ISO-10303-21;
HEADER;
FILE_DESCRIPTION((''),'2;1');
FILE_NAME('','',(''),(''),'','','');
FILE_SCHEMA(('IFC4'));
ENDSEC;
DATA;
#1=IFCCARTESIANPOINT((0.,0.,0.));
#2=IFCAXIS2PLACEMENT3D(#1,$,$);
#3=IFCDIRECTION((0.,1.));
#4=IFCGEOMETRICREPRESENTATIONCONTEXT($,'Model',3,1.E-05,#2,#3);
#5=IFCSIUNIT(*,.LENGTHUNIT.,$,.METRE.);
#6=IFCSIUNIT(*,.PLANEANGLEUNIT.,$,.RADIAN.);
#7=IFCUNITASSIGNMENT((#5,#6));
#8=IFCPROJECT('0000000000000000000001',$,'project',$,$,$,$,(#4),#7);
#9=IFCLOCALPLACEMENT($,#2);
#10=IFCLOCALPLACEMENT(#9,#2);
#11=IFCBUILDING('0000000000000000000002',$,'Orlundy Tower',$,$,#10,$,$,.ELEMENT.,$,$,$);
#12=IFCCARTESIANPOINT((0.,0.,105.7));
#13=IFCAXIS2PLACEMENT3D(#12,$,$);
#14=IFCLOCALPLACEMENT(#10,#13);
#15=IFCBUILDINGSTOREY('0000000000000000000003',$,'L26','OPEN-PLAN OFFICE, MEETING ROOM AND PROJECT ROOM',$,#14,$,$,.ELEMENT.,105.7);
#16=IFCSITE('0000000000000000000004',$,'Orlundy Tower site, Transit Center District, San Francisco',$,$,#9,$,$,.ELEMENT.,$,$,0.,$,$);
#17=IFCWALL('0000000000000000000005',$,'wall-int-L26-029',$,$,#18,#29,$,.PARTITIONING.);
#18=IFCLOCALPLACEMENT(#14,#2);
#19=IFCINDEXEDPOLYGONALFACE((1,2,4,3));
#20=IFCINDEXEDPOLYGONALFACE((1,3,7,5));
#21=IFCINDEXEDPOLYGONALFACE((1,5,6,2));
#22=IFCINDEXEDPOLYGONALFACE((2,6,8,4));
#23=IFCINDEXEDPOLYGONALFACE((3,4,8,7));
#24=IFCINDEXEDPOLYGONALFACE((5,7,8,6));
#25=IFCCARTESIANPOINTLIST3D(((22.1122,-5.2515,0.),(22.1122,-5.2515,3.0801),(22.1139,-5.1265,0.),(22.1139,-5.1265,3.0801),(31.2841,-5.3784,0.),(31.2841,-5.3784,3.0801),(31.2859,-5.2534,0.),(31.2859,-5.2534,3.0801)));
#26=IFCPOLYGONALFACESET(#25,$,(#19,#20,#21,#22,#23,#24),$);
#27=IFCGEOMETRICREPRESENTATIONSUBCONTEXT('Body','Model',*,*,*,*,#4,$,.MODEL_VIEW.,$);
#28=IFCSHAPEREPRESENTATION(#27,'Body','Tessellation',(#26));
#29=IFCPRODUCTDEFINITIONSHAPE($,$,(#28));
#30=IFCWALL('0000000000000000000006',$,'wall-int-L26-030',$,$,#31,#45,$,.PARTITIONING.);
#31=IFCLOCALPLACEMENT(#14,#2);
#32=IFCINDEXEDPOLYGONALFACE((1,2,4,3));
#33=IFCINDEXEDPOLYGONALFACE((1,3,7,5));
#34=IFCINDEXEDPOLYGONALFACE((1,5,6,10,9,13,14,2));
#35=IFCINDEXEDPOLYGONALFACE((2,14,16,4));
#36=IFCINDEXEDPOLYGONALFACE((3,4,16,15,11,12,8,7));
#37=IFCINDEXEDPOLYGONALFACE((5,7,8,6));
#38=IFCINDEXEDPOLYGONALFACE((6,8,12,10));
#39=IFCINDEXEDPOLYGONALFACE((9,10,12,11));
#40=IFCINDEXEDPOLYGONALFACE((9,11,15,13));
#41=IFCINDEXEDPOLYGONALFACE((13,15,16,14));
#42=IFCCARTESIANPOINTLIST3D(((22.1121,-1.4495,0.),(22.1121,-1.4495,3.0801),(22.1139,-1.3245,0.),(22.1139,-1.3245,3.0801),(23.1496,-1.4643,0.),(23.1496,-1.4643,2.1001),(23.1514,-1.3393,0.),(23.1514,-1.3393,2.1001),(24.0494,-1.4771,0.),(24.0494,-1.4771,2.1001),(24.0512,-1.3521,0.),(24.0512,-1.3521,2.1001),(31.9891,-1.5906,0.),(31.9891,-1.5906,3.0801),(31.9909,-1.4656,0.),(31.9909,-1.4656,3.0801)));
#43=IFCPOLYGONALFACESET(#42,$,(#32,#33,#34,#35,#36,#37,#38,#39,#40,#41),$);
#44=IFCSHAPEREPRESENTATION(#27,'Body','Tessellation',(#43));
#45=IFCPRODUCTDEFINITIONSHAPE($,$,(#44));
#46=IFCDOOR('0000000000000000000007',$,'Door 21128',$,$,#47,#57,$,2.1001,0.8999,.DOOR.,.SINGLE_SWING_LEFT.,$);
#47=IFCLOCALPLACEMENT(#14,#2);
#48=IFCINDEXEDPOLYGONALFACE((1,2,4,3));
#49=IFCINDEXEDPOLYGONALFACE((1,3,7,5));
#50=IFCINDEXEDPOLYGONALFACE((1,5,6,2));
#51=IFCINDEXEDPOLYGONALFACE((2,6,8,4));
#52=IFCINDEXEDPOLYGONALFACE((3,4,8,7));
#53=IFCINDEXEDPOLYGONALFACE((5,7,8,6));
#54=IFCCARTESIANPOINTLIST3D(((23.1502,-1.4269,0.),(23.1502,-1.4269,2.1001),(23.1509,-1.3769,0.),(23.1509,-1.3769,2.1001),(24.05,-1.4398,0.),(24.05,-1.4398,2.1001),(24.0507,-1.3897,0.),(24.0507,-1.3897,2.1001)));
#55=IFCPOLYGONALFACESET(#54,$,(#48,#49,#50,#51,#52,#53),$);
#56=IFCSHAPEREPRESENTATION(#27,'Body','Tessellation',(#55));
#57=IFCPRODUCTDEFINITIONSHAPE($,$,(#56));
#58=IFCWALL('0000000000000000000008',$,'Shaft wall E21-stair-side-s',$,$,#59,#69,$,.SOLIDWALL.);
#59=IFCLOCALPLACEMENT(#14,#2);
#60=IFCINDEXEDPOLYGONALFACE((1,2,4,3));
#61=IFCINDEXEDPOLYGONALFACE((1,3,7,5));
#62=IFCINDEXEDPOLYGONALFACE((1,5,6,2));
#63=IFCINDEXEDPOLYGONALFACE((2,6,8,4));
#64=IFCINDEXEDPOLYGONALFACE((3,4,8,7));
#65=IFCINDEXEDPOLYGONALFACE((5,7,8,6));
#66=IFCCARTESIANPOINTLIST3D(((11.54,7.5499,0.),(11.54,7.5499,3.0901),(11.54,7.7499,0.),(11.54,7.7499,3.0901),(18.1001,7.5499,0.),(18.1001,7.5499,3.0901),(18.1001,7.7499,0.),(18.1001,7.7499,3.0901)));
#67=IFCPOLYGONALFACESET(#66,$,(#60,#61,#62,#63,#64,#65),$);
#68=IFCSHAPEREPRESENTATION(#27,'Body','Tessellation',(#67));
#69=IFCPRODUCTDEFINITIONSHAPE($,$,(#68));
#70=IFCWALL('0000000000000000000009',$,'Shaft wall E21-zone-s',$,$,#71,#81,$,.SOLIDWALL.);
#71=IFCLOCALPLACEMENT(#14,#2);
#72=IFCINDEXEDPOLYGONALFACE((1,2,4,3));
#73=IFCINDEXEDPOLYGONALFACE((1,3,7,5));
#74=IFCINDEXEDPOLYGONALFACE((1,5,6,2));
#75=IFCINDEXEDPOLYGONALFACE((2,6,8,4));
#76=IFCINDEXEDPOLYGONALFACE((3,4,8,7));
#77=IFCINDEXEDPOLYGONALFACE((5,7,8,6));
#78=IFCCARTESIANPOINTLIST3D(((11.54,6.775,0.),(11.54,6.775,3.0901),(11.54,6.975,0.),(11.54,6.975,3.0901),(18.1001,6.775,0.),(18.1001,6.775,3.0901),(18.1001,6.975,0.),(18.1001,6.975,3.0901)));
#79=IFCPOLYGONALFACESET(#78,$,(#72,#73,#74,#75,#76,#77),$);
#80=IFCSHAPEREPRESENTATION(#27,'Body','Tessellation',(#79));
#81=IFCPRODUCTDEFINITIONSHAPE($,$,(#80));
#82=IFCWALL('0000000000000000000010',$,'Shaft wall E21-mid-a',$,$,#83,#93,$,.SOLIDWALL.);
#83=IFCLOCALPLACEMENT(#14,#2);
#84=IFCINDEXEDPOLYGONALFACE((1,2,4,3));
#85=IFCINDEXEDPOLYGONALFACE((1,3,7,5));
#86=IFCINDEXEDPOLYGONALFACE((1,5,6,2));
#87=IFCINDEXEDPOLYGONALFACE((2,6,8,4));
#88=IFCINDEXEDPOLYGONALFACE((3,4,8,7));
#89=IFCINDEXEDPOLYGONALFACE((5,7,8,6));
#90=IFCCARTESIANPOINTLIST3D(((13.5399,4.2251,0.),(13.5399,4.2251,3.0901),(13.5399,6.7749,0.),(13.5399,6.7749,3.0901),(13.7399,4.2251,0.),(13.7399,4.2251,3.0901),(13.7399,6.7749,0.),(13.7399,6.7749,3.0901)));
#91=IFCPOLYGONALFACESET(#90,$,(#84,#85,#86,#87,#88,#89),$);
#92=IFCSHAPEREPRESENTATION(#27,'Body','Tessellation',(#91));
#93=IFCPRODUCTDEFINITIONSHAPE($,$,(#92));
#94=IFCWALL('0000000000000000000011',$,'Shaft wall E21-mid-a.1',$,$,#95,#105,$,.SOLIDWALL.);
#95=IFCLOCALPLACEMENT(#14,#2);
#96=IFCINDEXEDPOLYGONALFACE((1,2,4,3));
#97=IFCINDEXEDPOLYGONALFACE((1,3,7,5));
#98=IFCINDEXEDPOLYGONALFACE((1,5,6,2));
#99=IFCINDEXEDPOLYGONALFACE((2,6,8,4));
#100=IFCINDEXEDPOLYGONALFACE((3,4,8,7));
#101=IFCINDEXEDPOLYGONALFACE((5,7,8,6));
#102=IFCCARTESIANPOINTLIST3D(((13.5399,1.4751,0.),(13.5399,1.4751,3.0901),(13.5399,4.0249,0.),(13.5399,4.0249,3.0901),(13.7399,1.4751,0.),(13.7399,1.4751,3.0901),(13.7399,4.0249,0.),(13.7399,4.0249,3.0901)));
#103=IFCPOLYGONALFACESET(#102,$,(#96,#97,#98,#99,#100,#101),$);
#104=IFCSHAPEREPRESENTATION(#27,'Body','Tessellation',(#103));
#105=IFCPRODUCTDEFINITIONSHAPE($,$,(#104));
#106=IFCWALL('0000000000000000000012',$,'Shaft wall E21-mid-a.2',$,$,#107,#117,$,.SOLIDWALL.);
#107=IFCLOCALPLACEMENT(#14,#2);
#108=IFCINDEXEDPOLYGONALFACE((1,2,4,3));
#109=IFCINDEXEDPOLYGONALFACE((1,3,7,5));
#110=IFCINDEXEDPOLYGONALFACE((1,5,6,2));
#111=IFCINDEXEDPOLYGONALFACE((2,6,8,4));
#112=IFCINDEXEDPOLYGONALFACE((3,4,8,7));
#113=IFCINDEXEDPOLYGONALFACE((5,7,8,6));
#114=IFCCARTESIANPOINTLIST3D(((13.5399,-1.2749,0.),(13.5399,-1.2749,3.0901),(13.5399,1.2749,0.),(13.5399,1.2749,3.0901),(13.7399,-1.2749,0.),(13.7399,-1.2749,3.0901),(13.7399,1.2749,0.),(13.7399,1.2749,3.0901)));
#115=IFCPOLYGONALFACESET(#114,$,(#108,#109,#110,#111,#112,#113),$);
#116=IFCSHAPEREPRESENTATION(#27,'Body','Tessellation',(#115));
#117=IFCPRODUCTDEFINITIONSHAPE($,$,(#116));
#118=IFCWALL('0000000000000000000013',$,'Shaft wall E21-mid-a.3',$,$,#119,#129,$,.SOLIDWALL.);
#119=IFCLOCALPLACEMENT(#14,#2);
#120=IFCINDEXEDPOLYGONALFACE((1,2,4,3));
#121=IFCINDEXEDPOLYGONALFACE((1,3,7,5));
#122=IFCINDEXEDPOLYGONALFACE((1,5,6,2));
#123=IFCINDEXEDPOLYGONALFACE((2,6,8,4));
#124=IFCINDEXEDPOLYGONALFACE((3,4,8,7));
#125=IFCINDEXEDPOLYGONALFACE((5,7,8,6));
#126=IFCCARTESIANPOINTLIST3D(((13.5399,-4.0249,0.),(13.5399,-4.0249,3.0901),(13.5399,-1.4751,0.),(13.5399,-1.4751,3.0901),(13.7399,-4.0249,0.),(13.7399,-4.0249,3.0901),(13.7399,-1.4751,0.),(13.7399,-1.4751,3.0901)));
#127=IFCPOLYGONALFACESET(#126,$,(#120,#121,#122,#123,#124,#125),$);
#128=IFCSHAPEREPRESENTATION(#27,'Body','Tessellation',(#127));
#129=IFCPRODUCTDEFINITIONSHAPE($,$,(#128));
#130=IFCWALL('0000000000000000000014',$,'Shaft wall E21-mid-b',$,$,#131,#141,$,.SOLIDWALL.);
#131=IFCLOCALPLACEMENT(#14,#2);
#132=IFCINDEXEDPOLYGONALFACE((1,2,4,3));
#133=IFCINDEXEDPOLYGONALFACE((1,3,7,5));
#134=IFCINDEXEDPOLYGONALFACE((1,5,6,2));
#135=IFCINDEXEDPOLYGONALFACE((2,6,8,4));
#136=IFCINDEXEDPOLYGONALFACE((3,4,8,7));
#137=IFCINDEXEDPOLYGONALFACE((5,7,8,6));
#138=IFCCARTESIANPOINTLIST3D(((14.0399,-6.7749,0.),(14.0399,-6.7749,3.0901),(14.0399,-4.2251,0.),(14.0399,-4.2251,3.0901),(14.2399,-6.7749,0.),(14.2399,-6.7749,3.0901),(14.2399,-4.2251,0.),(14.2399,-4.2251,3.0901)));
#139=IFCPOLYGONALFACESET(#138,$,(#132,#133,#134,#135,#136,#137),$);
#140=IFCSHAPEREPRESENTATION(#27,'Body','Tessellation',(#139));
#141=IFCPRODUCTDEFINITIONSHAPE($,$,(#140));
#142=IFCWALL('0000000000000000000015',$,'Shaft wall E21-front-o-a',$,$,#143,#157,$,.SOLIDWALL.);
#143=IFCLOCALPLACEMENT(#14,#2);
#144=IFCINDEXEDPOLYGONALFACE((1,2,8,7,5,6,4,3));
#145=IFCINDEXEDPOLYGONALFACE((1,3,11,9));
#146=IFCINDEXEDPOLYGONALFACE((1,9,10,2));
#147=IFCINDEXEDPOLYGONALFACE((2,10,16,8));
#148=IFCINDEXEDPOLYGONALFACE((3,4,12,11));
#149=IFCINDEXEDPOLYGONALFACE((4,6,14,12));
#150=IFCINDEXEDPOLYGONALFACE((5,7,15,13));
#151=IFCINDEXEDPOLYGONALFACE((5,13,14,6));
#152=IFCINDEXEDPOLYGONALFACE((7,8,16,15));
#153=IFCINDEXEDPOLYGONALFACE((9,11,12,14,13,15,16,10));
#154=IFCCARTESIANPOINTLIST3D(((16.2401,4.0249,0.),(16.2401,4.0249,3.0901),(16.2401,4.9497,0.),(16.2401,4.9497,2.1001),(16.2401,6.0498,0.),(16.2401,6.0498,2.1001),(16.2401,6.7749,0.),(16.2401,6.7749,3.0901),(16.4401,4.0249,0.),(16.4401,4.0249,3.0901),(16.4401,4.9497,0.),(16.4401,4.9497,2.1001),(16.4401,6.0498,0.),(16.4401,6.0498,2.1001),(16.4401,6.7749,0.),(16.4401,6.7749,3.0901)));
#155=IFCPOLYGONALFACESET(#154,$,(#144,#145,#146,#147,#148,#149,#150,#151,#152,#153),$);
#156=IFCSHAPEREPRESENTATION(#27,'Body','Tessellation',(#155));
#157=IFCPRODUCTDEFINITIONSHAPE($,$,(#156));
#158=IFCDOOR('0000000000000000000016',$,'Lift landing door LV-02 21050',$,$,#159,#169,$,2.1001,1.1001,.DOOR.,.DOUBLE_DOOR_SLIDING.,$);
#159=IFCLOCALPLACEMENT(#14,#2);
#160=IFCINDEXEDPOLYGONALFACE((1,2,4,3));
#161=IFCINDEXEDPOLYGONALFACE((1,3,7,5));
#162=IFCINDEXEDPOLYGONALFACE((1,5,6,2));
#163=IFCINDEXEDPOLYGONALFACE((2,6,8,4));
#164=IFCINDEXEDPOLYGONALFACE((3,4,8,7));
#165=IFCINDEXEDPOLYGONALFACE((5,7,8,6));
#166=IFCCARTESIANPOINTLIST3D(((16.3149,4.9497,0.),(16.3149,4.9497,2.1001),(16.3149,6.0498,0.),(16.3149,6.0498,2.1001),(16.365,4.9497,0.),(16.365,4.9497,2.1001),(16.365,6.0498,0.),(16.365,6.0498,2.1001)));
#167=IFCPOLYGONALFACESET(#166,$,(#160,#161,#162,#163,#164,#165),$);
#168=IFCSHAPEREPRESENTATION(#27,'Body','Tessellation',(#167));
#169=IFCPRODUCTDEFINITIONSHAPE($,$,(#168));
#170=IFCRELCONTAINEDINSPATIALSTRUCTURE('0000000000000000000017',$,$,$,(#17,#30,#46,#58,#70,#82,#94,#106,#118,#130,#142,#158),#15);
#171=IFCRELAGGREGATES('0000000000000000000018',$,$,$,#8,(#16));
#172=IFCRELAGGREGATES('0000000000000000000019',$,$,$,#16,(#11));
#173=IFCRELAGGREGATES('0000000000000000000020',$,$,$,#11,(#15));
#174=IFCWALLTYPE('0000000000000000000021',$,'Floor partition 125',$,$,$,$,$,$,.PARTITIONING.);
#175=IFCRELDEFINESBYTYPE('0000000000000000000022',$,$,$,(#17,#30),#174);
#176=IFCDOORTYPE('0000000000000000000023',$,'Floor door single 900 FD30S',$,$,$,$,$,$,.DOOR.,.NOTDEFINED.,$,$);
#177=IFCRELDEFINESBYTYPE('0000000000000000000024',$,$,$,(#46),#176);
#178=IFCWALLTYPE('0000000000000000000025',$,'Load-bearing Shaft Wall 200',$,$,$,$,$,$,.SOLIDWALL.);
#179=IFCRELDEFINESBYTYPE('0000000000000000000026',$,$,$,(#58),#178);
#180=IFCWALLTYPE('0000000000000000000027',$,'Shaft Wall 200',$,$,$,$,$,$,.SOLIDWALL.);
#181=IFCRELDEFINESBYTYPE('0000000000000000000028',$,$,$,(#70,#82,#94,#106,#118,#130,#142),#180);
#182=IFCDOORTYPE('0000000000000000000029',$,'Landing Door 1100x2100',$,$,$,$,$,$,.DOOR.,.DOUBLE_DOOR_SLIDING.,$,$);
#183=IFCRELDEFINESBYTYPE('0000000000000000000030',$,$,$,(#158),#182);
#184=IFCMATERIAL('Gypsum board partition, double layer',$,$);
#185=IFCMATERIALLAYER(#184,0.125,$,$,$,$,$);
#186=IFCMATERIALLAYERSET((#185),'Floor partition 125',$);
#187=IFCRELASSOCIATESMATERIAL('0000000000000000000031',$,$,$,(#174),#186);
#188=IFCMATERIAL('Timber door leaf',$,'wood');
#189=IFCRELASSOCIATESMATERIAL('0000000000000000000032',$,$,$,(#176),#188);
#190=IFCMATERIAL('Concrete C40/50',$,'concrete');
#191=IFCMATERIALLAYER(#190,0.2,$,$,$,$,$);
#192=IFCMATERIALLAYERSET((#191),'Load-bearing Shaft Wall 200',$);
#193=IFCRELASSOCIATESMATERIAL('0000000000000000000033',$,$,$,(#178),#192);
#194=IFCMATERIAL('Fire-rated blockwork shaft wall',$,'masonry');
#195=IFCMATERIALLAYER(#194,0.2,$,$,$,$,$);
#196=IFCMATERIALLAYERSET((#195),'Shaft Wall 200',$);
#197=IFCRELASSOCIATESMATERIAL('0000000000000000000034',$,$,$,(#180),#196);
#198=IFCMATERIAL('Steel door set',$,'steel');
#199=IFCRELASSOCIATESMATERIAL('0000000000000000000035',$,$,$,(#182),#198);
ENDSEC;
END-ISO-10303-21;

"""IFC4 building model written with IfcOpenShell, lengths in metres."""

from ifc_helpers import new_model, si_unit, direction, frame, frame_2d, origin, place, context, subcontext, project, spatial, rectangle, extrude, material, layer, layer_set, type_object, element, fill, save


model = new_model("IFC4")

# Units and contexts
model_context = context("Model", 3, precision=1e-05, world=origin(), true_north=direction((0.0, 1.0)))
body_context = subcontext(model_context, "Body", "Model", "MODEL_VIEW")
ifc_project = project(units=[si_unit("LENGTHUNIT", "METRE"), si_unit("PLANEANGLEUNIT", "RADIAN")], contexts=[model_context])

# Site, building, storey
site_placement = place(None, origin())
site = spatial("IfcSite", under=ifc_project, at=site_placement, Name="Orlundy Tower site, Transit Center District, San Francisco", CompositionType="ELEMENT", RefElevation=0.0)
building_placement = place(site_placement, origin())
building = spatial("IfcBuilding", under=site, at=building_placement, Name="Orlundy Tower", CompositionType="ELEMENT")
storey_placement = place(building_placement, frame((0.0, 0.0, 105.7)))
storey = spatial("IfcBuildingStorey", under=building, at=storey_placement, Name="L26", Description="OPEN-PLAN OFFICE, MEETING ROOM AND PROJECT ROOM", CompositionType="ELEMENT", Elevation=105.7)

# Wall
ifc_material_1 = material(Name="Gypsum board partition, double layer")
ifc_layer_1 = layer(ifc_material_1, 0.125)
ifc_layer_set_1 = layer_set([ifc_layer_1], Name="Floor partition 125")
wall_type_1 = type_object("IfcWallType", Name="Floor partition 125", PredefinedType="PARTITIONING", material=ifc_layer_set_1)
wall_1_placement = place(storey_placement, frame((22.113, -5.189, 0.0), z_axis=(0.0, 0.0, 1.0), x_axis=(0.999904, -0.01384, 0.0)))
element("IfcWall", 1, at=wall_1_placement, inside=storey, type_object=wall_type_1, Name="wall-int-L26-029", PredefinedType="PARTITIONING", context=body_context, shape_type="SweptSolid", body=[
    extrude(rectangle(XDim=9.1729, YDim=0.125, at=frame_2d((4.5864, 0.0))), origin(), (0.0, 0.0, 1.0), 3.0801),
])

# Wall, opening, door
wall_2_placement = place(storey_placement, frame((22.113, -1.387, 0.0), z_axis=(0.0, 0.0, 1.0), x_axis=(0.999898, -0.014286, 0.0)))
wall_2 = element("IfcWall", 2, at=wall_2_placement, inside=storey, type_object=wall_type_1, Name="wall-int-L26-030", PredefinedType="PARTITIONING", context=body_context, shape_type="SweptSolid", body=[
    extrude(rectangle(XDim=9.8779, YDim=0.125, at=frame_2d((4.939, 0.0))), origin(), (0.0, 0.0, 1.0), 3.0801),
])
opening_1_placement = place(wall_2_placement, frame((1.0376, 0.0, 0.0)))
opening_1 = element("IfcOpeningElement", 3, at=opening_1_placement, cuts=wall_2, PredefinedType="OPENING", context=body_context, shape_type="SweptSolid", body=[
    extrude(rectangle(XDim=0.8999, YDim=2.1001, at=frame_2d((0.45, 1.05))), frame((0.0, 0.0725, 0.0), z_axis=(0.0, -1.0, 0.0), x_axis=(1.0, 0.0, 0.0)), (0.0, 0.0, 1.0), 0.145),
])
ifc_material_2 = material(Name="Timber door leaf", Category="wood")
door_type_1 = type_object("IfcDoorType", Name="Floor door single 900 FD30S", OperationType="NOTDEFINED", PredefinedType="DOOR", material=ifc_material_2)
door_1_placement = place(opening_1_placement, origin())
door_1 = element("IfcDoor", 4, at=door_1_placement, inside=storey, type_object=door_type_1, Name="Door 21128", OperationType="SINGLE_SWING_LEFT", OverallHeight=2.1001, OverallWidth=0.8999, PredefinedType="DOOR", context=body_context, shape_type="SweptSolid", body=[
    extrude(rectangle(XDim=0.8999, YDim=2.1001, at=frame_2d((0.45, 1.05))), frame((0.0, 0.0249, 0.0), z_axis=(0.0, -1.0, 0.0), x_axis=(1.0, 0.0, 0.0)), (0.0, 0.0, 1.0), 0.05),
])
fill(opening_1, door_1)

# Walls
ifc_material_3 = material(Name="Concrete C40/50", Category="concrete")
ifc_layer_2 = layer(ifc_material_3, 0.2)
ifc_layer_set_2 = layer_set([ifc_layer_2], Name="Load-bearing Shaft Wall 200")
wall_type_2 = type_object("IfcWallType", Name="Load-bearing Shaft Wall 200", PredefinedType="SOLIDWALL", material=ifc_layer_set_2)
wall_3_placement = place(storey_placement, frame((11.54, 7.6499, 0.0), z_axis=(0.0, 0.0, 1.0), x_axis=(1.0, 0.0, 0.0)))
element("IfcWall", 5, at=wall_3_placement, inside=storey, type_object=wall_type_2, Name="Shaft wall E21-stair-side-s", PredefinedType="SOLIDWALL", context=body_context, shape_type="SweptSolid", body=[
    extrude(rectangle(XDim=6.5601, YDim=0.2, at=frame_2d((3.28, 0.0))), origin(), (0.0, 0.0, 1.0), 3.0901),
])
ifc_material_4 = material(Name="Fire-rated blockwork shaft wall", Category="masonry")
ifc_layer_3 = layer(ifc_material_4, 0.2)
ifc_layer_set_3 = layer_set([ifc_layer_3], Name="Shaft Wall 200")
wall_type_3 = type_object("IfcWallType", Name="Shaft Wall 200", PredefinedType="SOLIDWALL", material=ifc_layer_set_3)
wall_4_placement = place(storey_placement, frame((11.54, 6.875, 0.0), z_axis=(0.0, 0.0, 1.0), x_axis=(1.0, 0.0, 0.0)))
element("IfcWall", 6, at=wall_4_placement, inside=storey, type_object=wall_type_3, Name="Shaft wall E21-zone-s", PredefinedType="SOLIDWALL", context=body_context, shape_type="SweptSolid", body=[
    extrude(rectangle(XDim=6.5601, YDim=0.2, at=frame_2d((3.28, 0.0))), origin(), (0.0, 0.0, 1.0), 3.0901),
])
for number, where, z_axis, x_axis, name in (
    (7, (13.6399, 6.7749, 0.0), (0.0, 0.0, 1.0), (0.0, -1.0, 0.0), "Shaft wall E21-mid-a"),
    (8, (13.6399, 4.0249, 0.0), (0.0, 0.0, 1.0), (0.0, -1.0, 0.0), "Shaft wall E21-mid-a.1"),
    (9, (13.6399, 1.2749, 0.0), (0.0, 0.0, 1.0), (0.0, -1.0, 0.0), "Shaft wall E21-mid-a.2"),
    (10, (13.6399, -1.4751, 0.0), (0.0, 0.0, 1.0), (0.0, -1.0, 0.0), "Shaft wall E21-mid-a.3"),
    (11, (14.1399, -4.2251, 0.0), (0.0, 0.0, 1.0), (0.0, -1.0, 0.0), "Shaft wall E21-mid-b"),
):
    element("IfcWall", number, at=place(storey_placement, frame(where, z_axis=z_axis, x_axis=x_axis)), inside=storey, type_object=wall_type_3, Name=name, PredefinedType="SOLIDWALL", context=body_context, shape_type="SweptSolid", body=[
        extrude(rectangle(XDim=2.5498, YDim=0.2, at=frame_2d((1.2749, 0.0))), origin(), (0.0, 0.0, 1.0), 3.0901),
    ])

# Wall, opening, door
wall_5_placement = place(storey_placement, frame((16.3401, 6.7749, 0.0), z_axis=(0.0, 0.0, 1.0), x_axis=(0.0, -1.0, 0.0)))
wall_5 = element("IfcWall", 12, at=wall_5_placement, inside=storey, type_object=wall_type_3, Name="Shaft wall E21-front-o-a", PredefinedType="SOLIDWALL", context=body_context, shape_type="SweptSolid", body=[
    extrude(rectangle(XDim=2.75, YDim=0.2, at=frame_2d((1.375, 0.0))), origin(), (0.0, 0.0, 1.0), 3.0901),
])
opening_2_placement = place(wall_5_placement, frame((0.7251, 0.0, 0.0)))
opening_2 = element("IfcOpeningElement", 13, at=opening_2_placement, cuts=wall_5, PredefinedType="OPENING", context=body_context, shape_type="SweptSolid", body=[
    extrude(rectangle(XDim=1.1001, YDim=2.1001, at=frame_2d((0.55, 1.05))), frame((0.0, 0.1101, 0.0), z_axis=(0.0, -1.0, 0.0), x_axis=(1.0, 0.0, 0.0)), (0.0, 0.0, 1.0), 0.2202),
])
ifc_material_5 = material(Name="Steel door set", Category="steel")
door_type_2 = type_object("IfcDoorType", Name="Landing Door 1100x2100", OperationType="DOUBLE_DOOR_SLIDING", PredefinedType="DOOR", material=ifc_material_5)
door_2_placement = place(opening_2_placement, origin())
door_2 = element("IfcDoor", 14, at=door_2_placement, inside=storey, type_object=door_type_2, Name="Lift landing door LV-02 21050", OperationType="DOUBLE_DOOR_SLIDING", OverallHeight=2.1001, OverallWidth=1.1001, PredefinedType="DOOR", context=body_context, shape_type="SweptSolid", body=[
    extrude(rectangle(XDim=1.1001, YDim=2.1001, at=frame_2d((0.55, 1.05))), frame((0.0, 0.0249, 0.0), z_axis=(0.0, -1.0, 0.0), x_axis=(1.0, 0.0, 0.0)), (0.0, 0.0, 1.0), 0.05),
])
fill(opening_2, door_2)

save(model, "model.ifc")
